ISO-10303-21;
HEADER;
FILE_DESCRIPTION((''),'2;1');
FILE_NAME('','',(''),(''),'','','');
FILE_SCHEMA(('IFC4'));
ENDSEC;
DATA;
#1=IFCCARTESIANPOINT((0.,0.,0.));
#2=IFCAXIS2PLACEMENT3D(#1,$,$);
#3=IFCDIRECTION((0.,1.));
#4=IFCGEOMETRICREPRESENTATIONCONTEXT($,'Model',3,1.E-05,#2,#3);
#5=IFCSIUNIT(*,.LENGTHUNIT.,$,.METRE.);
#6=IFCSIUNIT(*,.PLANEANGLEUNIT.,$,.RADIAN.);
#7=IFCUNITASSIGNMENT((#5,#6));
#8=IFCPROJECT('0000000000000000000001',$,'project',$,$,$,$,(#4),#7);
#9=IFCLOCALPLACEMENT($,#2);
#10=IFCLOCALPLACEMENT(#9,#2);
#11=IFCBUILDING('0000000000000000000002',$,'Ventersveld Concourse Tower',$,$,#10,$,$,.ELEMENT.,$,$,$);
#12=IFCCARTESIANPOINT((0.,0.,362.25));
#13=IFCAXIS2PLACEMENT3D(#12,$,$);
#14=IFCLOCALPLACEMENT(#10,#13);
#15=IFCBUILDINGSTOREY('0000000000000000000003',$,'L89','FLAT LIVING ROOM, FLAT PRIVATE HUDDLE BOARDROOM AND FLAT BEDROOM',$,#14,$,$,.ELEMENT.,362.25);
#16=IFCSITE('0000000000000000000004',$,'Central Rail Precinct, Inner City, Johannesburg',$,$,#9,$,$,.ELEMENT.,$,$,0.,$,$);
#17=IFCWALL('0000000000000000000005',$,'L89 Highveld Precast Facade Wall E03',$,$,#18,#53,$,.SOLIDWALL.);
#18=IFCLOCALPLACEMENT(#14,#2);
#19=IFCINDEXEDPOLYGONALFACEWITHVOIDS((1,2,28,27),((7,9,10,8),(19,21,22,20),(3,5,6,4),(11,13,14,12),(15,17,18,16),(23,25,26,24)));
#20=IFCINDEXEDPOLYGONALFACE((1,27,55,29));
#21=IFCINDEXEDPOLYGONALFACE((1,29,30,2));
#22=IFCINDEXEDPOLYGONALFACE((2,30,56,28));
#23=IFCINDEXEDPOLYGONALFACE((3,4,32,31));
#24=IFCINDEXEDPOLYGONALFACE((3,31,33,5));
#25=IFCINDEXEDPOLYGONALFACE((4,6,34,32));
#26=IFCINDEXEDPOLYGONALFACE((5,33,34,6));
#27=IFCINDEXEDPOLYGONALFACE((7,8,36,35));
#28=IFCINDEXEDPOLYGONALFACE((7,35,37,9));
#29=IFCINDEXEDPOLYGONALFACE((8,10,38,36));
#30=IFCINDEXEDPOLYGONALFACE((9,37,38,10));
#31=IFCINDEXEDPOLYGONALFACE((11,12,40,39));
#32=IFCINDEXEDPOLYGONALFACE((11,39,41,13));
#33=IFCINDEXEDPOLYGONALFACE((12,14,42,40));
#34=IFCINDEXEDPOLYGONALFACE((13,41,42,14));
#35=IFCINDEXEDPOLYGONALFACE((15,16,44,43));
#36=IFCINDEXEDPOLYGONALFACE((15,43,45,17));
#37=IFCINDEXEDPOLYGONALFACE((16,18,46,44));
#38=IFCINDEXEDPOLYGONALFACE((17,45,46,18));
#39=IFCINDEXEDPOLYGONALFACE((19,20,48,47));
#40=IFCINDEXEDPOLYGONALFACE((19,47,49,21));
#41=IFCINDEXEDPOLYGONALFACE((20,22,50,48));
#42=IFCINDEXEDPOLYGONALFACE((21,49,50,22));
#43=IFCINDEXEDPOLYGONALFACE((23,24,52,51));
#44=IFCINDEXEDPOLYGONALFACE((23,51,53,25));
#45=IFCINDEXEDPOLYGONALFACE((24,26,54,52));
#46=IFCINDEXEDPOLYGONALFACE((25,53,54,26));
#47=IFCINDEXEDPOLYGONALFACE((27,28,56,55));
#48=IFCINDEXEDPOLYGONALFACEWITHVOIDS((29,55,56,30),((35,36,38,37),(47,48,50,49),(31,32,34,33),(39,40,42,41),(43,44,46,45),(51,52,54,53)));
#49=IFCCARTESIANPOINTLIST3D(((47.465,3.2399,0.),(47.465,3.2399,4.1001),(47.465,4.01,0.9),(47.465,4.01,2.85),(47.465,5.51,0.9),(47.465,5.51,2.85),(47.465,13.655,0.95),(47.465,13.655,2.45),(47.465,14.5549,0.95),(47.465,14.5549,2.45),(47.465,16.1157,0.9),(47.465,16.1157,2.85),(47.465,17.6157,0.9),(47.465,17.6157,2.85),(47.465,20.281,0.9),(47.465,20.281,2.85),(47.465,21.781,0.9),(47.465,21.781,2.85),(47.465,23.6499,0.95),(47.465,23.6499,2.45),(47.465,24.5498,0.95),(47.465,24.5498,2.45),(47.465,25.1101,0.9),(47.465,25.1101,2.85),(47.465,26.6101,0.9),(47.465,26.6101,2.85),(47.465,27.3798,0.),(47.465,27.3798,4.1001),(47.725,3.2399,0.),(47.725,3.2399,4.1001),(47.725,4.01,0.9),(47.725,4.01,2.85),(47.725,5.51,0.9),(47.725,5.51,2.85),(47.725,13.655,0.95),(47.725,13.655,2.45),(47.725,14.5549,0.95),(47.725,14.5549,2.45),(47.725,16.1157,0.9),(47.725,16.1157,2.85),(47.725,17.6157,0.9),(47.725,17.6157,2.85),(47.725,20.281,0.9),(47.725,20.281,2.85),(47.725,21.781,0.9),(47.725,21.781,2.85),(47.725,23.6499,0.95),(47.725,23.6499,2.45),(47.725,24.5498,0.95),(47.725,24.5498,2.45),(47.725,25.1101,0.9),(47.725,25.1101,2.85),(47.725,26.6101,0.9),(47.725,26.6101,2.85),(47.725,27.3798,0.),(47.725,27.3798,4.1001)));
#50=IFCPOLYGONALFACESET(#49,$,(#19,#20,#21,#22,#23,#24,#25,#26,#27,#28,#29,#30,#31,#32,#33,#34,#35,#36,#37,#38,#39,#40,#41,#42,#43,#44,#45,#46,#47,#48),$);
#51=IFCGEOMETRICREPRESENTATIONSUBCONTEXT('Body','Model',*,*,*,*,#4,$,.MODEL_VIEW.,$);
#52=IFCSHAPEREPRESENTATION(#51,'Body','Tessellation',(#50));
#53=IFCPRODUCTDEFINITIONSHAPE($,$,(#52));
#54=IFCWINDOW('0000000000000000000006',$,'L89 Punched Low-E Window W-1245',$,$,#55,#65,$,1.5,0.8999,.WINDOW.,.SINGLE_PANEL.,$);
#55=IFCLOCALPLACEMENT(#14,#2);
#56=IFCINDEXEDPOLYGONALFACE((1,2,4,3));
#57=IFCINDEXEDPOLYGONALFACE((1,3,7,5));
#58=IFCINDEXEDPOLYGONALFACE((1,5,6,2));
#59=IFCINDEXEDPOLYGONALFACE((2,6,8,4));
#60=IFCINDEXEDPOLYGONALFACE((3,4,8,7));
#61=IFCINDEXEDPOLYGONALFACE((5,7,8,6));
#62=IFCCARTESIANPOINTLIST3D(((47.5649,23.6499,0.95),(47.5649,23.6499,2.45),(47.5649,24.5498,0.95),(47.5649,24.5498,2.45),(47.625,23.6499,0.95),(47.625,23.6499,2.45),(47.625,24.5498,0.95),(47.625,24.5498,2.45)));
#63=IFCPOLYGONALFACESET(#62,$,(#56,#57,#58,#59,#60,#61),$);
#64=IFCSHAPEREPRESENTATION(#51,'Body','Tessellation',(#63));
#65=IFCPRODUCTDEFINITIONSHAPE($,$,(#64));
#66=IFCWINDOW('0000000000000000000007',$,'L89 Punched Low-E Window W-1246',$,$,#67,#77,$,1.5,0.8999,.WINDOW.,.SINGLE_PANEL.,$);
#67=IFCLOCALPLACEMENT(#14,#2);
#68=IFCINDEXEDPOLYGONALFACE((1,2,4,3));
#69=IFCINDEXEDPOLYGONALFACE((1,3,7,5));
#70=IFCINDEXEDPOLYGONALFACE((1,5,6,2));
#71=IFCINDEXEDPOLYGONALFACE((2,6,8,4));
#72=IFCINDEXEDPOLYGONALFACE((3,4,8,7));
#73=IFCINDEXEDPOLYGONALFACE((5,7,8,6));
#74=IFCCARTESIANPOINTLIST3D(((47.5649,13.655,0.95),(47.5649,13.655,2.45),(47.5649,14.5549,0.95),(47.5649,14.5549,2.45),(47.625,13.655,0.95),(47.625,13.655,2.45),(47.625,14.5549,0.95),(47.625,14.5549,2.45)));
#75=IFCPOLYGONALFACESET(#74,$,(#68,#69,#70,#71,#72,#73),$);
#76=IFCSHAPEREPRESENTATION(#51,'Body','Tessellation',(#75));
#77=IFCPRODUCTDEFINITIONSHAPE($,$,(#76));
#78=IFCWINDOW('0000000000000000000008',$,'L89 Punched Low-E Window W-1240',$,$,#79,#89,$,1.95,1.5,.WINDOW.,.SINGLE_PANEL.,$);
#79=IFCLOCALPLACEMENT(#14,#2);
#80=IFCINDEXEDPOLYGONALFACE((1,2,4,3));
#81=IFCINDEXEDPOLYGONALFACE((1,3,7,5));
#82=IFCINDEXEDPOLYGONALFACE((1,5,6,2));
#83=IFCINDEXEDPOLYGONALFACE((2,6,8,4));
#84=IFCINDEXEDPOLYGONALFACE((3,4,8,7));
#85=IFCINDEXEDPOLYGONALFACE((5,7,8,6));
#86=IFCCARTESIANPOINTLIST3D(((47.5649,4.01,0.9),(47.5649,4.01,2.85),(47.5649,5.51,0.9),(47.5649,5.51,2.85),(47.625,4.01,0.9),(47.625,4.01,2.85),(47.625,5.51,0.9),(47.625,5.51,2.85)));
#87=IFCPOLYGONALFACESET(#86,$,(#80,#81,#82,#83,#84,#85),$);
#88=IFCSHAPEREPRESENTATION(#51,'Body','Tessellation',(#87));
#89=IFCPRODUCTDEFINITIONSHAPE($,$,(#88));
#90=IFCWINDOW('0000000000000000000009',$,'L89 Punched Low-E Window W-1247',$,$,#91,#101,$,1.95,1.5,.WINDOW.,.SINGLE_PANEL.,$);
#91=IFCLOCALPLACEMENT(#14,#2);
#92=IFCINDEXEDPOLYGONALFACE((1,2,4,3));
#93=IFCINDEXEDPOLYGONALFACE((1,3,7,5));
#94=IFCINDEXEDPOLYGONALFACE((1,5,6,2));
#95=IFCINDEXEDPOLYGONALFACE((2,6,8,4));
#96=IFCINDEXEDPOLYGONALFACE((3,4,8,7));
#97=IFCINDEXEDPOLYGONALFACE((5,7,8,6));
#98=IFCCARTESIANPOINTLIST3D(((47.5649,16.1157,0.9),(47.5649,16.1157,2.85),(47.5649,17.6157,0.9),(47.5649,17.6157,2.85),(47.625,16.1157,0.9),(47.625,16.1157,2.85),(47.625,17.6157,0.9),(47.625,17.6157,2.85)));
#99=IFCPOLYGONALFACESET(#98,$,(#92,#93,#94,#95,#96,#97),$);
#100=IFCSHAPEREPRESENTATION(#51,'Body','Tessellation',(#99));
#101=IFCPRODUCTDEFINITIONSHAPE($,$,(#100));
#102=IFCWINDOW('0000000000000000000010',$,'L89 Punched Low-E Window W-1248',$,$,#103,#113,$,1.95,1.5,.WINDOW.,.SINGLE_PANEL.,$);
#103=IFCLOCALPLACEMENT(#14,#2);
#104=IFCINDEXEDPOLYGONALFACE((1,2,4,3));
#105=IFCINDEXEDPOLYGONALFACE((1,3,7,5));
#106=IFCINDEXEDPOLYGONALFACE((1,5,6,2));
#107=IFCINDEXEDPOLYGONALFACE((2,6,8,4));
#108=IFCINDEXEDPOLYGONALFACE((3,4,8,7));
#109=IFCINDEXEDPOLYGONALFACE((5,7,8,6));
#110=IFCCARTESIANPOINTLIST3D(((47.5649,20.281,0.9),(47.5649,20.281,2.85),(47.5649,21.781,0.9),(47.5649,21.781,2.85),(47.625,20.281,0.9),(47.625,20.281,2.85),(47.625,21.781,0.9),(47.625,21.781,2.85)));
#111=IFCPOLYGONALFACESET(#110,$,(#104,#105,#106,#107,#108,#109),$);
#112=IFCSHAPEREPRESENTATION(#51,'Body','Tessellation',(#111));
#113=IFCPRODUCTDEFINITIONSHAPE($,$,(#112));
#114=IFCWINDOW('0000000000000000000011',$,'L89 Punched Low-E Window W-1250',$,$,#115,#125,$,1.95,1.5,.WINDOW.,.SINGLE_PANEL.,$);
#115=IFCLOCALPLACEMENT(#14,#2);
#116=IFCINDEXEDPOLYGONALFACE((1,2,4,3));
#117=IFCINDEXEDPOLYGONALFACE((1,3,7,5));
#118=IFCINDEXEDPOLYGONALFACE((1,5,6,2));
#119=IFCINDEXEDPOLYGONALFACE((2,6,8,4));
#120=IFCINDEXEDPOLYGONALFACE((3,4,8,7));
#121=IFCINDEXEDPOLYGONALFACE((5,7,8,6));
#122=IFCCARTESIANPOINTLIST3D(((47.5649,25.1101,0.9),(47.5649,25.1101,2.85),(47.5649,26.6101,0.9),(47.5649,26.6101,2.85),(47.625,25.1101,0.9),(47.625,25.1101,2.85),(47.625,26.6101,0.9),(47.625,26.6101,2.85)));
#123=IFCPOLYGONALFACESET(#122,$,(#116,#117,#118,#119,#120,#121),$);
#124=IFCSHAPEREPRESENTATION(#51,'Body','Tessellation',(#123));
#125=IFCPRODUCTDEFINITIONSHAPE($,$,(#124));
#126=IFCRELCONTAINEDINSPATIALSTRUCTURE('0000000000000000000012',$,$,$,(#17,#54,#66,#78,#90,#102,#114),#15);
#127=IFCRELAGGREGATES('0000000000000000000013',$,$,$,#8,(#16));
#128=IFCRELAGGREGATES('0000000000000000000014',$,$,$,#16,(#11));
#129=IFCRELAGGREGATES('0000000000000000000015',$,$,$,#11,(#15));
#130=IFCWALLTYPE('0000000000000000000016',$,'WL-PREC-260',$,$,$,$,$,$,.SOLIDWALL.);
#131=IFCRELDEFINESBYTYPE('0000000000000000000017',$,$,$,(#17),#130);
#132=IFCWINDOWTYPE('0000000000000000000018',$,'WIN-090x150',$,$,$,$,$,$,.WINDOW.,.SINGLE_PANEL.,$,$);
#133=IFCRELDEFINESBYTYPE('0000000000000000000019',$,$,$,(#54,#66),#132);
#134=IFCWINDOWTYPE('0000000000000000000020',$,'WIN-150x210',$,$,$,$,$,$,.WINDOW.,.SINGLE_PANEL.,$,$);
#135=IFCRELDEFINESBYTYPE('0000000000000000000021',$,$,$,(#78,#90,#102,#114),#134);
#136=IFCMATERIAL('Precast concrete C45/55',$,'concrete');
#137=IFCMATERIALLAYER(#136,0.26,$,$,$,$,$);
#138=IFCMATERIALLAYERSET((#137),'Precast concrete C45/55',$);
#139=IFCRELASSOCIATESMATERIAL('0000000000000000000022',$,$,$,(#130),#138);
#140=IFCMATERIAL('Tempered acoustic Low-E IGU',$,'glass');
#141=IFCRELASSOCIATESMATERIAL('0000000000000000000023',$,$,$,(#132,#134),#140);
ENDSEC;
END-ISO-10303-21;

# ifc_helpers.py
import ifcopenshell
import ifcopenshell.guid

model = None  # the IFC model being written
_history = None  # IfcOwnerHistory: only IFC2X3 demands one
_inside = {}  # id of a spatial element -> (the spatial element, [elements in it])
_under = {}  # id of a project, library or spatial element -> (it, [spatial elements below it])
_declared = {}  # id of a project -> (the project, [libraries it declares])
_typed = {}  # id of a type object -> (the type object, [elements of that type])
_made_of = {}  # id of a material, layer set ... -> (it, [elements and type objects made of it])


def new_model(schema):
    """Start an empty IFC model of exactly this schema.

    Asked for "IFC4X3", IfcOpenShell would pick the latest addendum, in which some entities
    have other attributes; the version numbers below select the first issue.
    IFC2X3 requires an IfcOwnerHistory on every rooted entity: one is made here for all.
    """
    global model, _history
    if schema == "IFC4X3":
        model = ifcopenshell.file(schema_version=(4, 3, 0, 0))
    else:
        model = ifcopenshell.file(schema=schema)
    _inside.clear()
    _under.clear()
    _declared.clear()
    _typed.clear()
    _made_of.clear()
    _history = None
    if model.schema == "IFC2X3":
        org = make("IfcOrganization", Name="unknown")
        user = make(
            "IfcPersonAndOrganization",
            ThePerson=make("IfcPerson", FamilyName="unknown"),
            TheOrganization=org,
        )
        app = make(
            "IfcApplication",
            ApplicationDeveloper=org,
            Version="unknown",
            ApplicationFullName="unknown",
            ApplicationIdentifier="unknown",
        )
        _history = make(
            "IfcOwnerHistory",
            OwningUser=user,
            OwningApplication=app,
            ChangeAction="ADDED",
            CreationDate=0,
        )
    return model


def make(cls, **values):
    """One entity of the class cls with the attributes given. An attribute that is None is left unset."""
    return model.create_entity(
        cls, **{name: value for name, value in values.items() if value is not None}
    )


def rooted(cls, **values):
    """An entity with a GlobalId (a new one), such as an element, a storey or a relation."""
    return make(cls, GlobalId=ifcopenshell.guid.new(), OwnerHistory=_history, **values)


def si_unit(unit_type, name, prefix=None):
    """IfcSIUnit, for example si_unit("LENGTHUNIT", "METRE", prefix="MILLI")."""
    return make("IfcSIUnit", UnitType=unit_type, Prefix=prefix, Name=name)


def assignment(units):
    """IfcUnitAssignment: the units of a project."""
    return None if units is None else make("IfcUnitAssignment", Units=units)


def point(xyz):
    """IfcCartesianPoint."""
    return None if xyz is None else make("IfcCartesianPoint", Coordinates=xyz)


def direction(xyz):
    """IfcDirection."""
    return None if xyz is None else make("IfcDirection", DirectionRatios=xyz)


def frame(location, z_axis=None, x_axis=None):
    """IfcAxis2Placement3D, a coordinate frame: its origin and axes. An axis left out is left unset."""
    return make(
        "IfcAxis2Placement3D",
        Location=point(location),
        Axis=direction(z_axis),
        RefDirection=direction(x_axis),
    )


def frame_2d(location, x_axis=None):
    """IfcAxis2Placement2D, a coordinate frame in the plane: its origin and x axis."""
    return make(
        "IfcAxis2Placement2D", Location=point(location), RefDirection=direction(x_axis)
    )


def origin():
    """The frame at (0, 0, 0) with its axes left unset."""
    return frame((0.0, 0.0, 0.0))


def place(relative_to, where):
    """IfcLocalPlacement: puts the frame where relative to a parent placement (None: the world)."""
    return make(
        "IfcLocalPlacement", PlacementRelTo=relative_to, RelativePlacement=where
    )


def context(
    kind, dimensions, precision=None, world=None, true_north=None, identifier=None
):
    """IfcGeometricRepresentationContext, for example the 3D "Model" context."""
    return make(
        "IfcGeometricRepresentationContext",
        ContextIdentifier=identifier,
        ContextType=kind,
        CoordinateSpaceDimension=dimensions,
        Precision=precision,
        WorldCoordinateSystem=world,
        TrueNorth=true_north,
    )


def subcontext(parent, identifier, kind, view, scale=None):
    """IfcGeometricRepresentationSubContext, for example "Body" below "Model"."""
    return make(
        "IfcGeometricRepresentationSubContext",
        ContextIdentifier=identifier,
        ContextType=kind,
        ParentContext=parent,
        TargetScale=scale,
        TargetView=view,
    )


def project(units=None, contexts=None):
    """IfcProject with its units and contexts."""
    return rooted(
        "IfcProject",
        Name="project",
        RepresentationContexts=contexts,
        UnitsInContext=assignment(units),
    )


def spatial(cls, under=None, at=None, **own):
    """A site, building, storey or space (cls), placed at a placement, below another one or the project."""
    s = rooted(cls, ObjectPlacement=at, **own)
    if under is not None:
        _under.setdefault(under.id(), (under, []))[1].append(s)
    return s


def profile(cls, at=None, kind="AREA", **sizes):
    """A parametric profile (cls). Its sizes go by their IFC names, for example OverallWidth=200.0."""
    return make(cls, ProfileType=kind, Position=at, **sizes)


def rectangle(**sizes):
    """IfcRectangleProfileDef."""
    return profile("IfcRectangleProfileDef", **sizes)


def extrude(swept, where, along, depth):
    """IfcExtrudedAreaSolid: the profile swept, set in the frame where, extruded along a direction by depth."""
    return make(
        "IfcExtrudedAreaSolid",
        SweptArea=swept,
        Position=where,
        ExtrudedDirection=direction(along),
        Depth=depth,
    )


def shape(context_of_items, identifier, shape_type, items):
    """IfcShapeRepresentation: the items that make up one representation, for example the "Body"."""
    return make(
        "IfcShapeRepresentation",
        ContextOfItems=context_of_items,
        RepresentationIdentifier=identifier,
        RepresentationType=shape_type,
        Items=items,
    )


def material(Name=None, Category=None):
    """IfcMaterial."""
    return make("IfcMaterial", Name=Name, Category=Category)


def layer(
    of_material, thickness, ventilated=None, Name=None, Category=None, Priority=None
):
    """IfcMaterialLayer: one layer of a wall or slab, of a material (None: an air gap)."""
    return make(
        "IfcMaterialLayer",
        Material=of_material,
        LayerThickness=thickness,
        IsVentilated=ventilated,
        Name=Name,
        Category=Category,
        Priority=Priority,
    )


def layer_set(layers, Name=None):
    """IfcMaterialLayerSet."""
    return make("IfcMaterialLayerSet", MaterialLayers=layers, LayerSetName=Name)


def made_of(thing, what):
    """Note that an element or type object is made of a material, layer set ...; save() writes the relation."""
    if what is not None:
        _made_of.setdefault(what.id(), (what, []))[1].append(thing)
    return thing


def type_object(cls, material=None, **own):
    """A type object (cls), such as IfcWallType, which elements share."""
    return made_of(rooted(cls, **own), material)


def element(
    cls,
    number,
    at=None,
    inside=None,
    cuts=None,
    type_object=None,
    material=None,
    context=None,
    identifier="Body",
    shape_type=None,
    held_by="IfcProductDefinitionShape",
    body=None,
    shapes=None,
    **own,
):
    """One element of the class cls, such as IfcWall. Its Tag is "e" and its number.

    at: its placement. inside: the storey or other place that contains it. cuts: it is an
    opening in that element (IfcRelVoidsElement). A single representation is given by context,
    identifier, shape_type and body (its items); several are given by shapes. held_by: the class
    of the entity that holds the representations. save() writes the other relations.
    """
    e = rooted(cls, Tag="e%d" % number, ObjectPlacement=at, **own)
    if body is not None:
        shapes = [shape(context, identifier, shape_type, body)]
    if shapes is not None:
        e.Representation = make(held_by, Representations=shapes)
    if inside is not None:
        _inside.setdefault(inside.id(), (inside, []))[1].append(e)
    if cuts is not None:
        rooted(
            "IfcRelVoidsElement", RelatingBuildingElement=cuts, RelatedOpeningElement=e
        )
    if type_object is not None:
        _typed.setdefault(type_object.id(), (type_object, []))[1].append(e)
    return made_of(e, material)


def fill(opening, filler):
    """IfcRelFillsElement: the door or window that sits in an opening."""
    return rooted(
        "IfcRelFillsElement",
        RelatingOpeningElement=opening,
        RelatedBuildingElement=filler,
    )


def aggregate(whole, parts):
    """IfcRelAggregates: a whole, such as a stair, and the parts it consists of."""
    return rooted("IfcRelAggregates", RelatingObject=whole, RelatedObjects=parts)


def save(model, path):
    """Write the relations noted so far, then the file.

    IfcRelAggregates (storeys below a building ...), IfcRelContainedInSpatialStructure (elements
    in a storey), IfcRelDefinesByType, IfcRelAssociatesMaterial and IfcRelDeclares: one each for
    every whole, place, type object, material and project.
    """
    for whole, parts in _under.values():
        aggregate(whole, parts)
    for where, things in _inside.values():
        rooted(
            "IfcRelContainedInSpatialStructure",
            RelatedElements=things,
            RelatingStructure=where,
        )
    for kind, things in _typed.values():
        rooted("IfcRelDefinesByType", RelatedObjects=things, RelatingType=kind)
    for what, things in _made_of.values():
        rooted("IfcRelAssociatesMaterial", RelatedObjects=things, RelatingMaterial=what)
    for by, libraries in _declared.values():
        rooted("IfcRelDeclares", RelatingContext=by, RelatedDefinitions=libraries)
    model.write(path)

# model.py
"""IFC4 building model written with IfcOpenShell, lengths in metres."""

from ifc_helpers import new_model, si_unit, direction, frame, frame_2d, origin, place, context, subcontext, project, spatial, rectangle, extrude, material, layer, layer_set, type_object, element, fill, save


model = new_model("IFC4")

# Units and contexts
model_context = context("Model", 3, precision=1e-05, world=origin(), true_north=direction((0.0, 1.0)))
body_context = subcontext(model_context, "Body", "Model", "MODEL_VIEW")
ifc_project = project(units=[si_unit("LENGTHUNIT", "METRE"), si_unit("PLANEANGLEUNIT", "RADIAN")], contexts=[model_context])

# Site, building, storey
site_placement = place(None, origin())
site = spatial("IfcSite", under=ifc_project, at=site_placement, Name="Central Rail Precinct, Inner City, Johannesburg", CompositionType="ELEMENT", RefElevation=0.0)
building_placement = place(site_placement, origin())
building = spatial("IfcBuilding", under=site, at=building_placement, Name="Ventersveld Concourse Tower", CompositionType="ELEMENT")
storey_placement = place(building_placement, frame((0.0, 0.0, 362.25)))
storey = spatial("IfcBuildingStorey", under=building, at=storey_placement, Name="L89", Description="FLAT LIVING ROOM, FLAT PRIVATE HUDDLE BOARDROOM AND FLAT BEDROOM", CompositionType="ELEMENT", Elevation=362.25)

# Shared definitions
ifc_material_1 = material(Name="Precast concrete C45/55", Category="concrete")
ifc_layer_1 = layer(ifc_material_1, 0.26)
ifc_layer_set_1 = layer_set([ifc_layer_1], Name="Precast concrete C45/55")
wall_type_1 = type_object("IfcWallType", Name="WL-PREC-260", PredefinedType="SOLIDWALL", material=ifc_layer_set_1)

# Wall, openings, windows
wall_1_placement = place(storey_placement, frame((47.595, 3.24, 0.0), z_axis=(0.0, 0.0, 1.0), x_axis=(0.0, 1.0, 0.0)))
wall_1 = element("IfcWall", 1, at=wall_1_placement, inside=storey, type_object=wall_type_1, Name="L89 Highveld Precast Facade Wall E03", PredefinedType="SOLIDWALL", context=body_context, shape_type="SweptSolid", body=[
    extrude(rectangle(XDim=24.1399, YDim=0.26, at=frame_2d((12.0698, 0.0))), origin(), (0.0, 0.0, 1.0), 4.1001),
])
opening_1_placement = place(wall_1_placement, frame((0.77, 0.0, 0.8999)))
opening_1 = element("IfcOpeningElement", 2, at=opening_1_placement, cuts=wall_1, PredefinedType="OPENING", context=body_context, shape_type="SweptSolid", body=[
    extrude(rectangle(XDim=1.5, YDim=1.95, at=frame_2d((0.75, 0.9751))), frame((0.0, 0.1401, 0.0), z_axis=(0.0, -1.0, 0.0), x_axis=(1.0, 0.0, 0.0)), (0.0, 0.0, 1.0), 0.28),
])
opening_2_placement = place(wall_1_placement, frame((20.4099, 0.0, 0.95)))
opening_2 = element("IfcOpeningElement", 3, at=opening_2_placement, cuts=wall_1, PredefinedType="OPENING", context=body_context, shape_type="SweptSolid", body=[
    extrude(rectangle(XDim=0.8999, YDim=1.5, at=frame_2d((0.45, 0.75))), frame((0.0, 0.1401, 0.0), z_axis=(0.0, -1.0, 0.0), x_axis=(1.0, 0.0, 0.0)), (0.0, 0.0, 1.0), 0.28),
])
opening_3_placement = place(wall_1_placement, frame((10.415, 0.0, 0.95)))
opening_3 = element("IfcOpeningElement", 4, at=opening_3_placement, cuts=wall_1, PredefinedType="OPENING", context=body_context, shape_type="SweptSolid", body=[
    extrude(rectangle(XDim=0.8999, YDim=1.5, at=frame_2d((0.45, 0.75))), frame((0.0, 0.1401, 0.0), z_axis=(0.0, -1.0, 0.0), x_axis=(1.0, 0.0, 0.0)), (0.0, 0.0, 1.0), 0.28),
])
opening_4_placement = place(wall_1_placement, frame((12.8757, 0.0, 0.8999)))
opening_4 = element("IfcOpeningElement", 5, at=opening_4_placement, cuts=wall_1, PredefinedType="OPENING", context=body_context, shape_type="SweptSolid", body=[
    extrude(rectangle(XDim=1.5, YDim=1.95, at=frame_2d((0.75, 0.9751))), frame((0.0, 0.1401, 0.0), z_axis=(0.0, -1.0, 0.0), x_axis=(1.0, 0.0, 0.0)), (0.0, 0.0, 1.0), 0.28),
])
opening_5_placement = place(wall_1_placement, frame((17.041, 0.0, 0.8999)))
opening_5 = element("IfcOpeningElement", 6, at=opening_5_placement, cuts=wall_1, PredefinedType="OPENING", context=body_context, shape_type="SweptSolid", body=[
    extrude(rectangle(XDim=1.5, YDim=1.95, at=frame_2d((0.75, 0.9751))), frame((0.0, 0.1401, 0.0), z_axis=(0.0, -1.0, 0.0), x_axis=(1.0, 0.0, 0.0)), (0.0, 0.0, 1.0), 0.28),
])
opening_6_placement = place(wall_1_placement, frame((21.8701, 0.0, 0.8999)))
opening_6 = element("IfcOpeningElement", 7, at=opening_6_placement, cuts=wall_1, PredefinedType="OPENING", context=body_context, shape_type="SweptSolid", body=[
    extrude(rectangle(XDim=1.5, YDim=1.95, at=frame_2d((0.75, 0.9751))), frame((0.0, 0.1401, 0.0), z_axis=(0.0, -1.0, 0.0), x_axis=(1.0, 0.0, 0.0)), (0.0, 0.0, 1.0), 0.28),
])
ifc_material_2 = material(Name="Tempered acoustic Low-E IGU", Category="glass")
window_type_1 = type_object("IfcWindowType", Name="WIN-090x150", PartitioningType="SINGLE_PANEL", PredefinedType="WINDOW", material=ifc_material_2)
window_1_placement = place(opening_2_placement, origin())
window_1 = element("IfcWindow", 8, at=window_1_placement, inside=storey, type_object=window_type_1, Name="L89 Punched Low-E Window W-1245", OverallHeight=1.5, OverallWidth=0.8999, PartitioningType="SINGLE_PANEL", PredefinedType="WINDOW", context=body_context, shape_type="SweptSolid", body=[
    extrude(rectangle(XDim=0.8999, YDim=1.5, at=frame_2d((0.45, 0.75))), frame((0.0, 0.03, 0.0), z_axis=(0.0, -1.0, 0.0), x_axis=(1.0, 0.0, 0.0)), (0.0, 0.0, 1.0), 0.0601),
])
fill(opening_2, window_1)
window_2_placement = place(opening_3_placement, origin())
window_2 = element("IfcWindow", 9, at=window_2_placement, inside=storey, type_object=window_type_1, Name="L89 Punched Low-E Window W-1246", OverallHeight=1.5, OverallWidth=0.8999, PartitioningType="SINGLE_PANEL", PredefinedType="WINDOW", context=body_context, shape_type="SweptSolid", body=[
    extrude(rectangle(XDim=0.8999, YDim=1.5, at=frame_2d((0.45, 0.75))), frame((0.0, 0.03, 0.0), z_axis=(0.0, -1.0, 0.0), x_axis=(1.0, 0.0, 0.0)), (0.0, 0.0, 1.0), 0.0601),
])
fill(opening_3, window_2)
window_type_2 = type_object("IfcWindowType", Name="WIN-150x210", PartitioningType="SINGLE_PANEL", PredefinedType="WINDOW", material=ifc_material_2)
window_3_placement = place(opening_1_placement, origin())
window_3 = element("IfcWindow", 10, at=window_3_placement, inside=storey, type_object=window_type_2, Name="L89 Punched Low-E Window W-1240", OverallHeight=1.95, OverallWidth=1.5, PartitioningType="SINGLE_PANEL", PredefinedType="WINDOW", context=body_context, shape_type="SweptSolid", body=[
    extrude(rectangle(XDim=1.5, YDim=1.95, at=frame_2d((0.75, 0.9751))), frame((0.0, 0.03, 0.0), z_axis=(0.0, -1.0, 0.0), x_axis=(1.0, 0.0, 0.0)), (0.0, 0.0, 1.0), 0.0601),
])
fill(opening_1, window_3)
window_4_placement = place(opening_4_placement, origin())
window_4 = element("IfcWindow", 11, at=window_4_placement, inside=storey, type_object=window_type_2, Name="L89 Punched Low-E Window W-1247", OverallHeight=1.95, OverallWidth=1.5, PartitioningType="SINGLE_PANEL", PredefinedType="WINDOW", context=body_context, shape_type="SweptSolid", body=[
    extrude(rectangle(XDim=1.5, YDim=1.95, at=frame_2d((0.75, 0.9751))), frame((0.0, 0.03, 0.0), z_axis=(0.0, -1.0, 0.0), x_axis=(1.0, 0.0, 0.0)), (0.0, 0.0, 1.0), 0.0601),
])
fill(opening_4, window_4)
window_5_placement = place(opening_5_placement, origin())
window_5 = element("IfcWindow", 12, at=window_5_placement, inside=storey, type_object=window_type_2, Name="L89 Punched Low-E Window W-1248", OverallHeight=1.95, OverallWidth=1.5, PartitioningType="SINGLE_PANEL", PredefinedType="WINDOW", context=body_context, shape_type="SweptSolid", body=[
    extrude(rectangle(XDim=1.5, YDim=1.95, at=frame_2d((0.75, 0.9751))), frame((0.0, 0.03, 0.0), z_axis=(0.0, -1.0, 0.0), x_axis=(1.0, 0.0, 0.0)), (0.0, 0.0, 1.0), 0.0601),
])
fill(opening_5, window_5)
window_6_placement = place(opening_6_placement, origin())
window_6 = element("IfcWindow", 13, at=window_6_placement, inside=storey, type_object=window_type_2, Name="L89 Punched Low-E Window W-1250", OverallHeight=1.95, OverallWidth=1.5, PartitioningType="SINGLE_PANEL", PredefinedType="WINDOW", context=body_context, shape_type="SweptSolid", body=[
    extrude(rectangle(XDim=1.5, YDim=1.95, at=frame_2d((0.75, 0.9751))), frame((0.0, 0.03, 0.0), z_axis=(0.0, -1.0, 0.0), x_axis=(1.0, 0.0, 0.0)), (0.0, 0.0, 1.0), 0.0601),
])
fill(opening_6, window_6)

save(model, "model.ifc")
